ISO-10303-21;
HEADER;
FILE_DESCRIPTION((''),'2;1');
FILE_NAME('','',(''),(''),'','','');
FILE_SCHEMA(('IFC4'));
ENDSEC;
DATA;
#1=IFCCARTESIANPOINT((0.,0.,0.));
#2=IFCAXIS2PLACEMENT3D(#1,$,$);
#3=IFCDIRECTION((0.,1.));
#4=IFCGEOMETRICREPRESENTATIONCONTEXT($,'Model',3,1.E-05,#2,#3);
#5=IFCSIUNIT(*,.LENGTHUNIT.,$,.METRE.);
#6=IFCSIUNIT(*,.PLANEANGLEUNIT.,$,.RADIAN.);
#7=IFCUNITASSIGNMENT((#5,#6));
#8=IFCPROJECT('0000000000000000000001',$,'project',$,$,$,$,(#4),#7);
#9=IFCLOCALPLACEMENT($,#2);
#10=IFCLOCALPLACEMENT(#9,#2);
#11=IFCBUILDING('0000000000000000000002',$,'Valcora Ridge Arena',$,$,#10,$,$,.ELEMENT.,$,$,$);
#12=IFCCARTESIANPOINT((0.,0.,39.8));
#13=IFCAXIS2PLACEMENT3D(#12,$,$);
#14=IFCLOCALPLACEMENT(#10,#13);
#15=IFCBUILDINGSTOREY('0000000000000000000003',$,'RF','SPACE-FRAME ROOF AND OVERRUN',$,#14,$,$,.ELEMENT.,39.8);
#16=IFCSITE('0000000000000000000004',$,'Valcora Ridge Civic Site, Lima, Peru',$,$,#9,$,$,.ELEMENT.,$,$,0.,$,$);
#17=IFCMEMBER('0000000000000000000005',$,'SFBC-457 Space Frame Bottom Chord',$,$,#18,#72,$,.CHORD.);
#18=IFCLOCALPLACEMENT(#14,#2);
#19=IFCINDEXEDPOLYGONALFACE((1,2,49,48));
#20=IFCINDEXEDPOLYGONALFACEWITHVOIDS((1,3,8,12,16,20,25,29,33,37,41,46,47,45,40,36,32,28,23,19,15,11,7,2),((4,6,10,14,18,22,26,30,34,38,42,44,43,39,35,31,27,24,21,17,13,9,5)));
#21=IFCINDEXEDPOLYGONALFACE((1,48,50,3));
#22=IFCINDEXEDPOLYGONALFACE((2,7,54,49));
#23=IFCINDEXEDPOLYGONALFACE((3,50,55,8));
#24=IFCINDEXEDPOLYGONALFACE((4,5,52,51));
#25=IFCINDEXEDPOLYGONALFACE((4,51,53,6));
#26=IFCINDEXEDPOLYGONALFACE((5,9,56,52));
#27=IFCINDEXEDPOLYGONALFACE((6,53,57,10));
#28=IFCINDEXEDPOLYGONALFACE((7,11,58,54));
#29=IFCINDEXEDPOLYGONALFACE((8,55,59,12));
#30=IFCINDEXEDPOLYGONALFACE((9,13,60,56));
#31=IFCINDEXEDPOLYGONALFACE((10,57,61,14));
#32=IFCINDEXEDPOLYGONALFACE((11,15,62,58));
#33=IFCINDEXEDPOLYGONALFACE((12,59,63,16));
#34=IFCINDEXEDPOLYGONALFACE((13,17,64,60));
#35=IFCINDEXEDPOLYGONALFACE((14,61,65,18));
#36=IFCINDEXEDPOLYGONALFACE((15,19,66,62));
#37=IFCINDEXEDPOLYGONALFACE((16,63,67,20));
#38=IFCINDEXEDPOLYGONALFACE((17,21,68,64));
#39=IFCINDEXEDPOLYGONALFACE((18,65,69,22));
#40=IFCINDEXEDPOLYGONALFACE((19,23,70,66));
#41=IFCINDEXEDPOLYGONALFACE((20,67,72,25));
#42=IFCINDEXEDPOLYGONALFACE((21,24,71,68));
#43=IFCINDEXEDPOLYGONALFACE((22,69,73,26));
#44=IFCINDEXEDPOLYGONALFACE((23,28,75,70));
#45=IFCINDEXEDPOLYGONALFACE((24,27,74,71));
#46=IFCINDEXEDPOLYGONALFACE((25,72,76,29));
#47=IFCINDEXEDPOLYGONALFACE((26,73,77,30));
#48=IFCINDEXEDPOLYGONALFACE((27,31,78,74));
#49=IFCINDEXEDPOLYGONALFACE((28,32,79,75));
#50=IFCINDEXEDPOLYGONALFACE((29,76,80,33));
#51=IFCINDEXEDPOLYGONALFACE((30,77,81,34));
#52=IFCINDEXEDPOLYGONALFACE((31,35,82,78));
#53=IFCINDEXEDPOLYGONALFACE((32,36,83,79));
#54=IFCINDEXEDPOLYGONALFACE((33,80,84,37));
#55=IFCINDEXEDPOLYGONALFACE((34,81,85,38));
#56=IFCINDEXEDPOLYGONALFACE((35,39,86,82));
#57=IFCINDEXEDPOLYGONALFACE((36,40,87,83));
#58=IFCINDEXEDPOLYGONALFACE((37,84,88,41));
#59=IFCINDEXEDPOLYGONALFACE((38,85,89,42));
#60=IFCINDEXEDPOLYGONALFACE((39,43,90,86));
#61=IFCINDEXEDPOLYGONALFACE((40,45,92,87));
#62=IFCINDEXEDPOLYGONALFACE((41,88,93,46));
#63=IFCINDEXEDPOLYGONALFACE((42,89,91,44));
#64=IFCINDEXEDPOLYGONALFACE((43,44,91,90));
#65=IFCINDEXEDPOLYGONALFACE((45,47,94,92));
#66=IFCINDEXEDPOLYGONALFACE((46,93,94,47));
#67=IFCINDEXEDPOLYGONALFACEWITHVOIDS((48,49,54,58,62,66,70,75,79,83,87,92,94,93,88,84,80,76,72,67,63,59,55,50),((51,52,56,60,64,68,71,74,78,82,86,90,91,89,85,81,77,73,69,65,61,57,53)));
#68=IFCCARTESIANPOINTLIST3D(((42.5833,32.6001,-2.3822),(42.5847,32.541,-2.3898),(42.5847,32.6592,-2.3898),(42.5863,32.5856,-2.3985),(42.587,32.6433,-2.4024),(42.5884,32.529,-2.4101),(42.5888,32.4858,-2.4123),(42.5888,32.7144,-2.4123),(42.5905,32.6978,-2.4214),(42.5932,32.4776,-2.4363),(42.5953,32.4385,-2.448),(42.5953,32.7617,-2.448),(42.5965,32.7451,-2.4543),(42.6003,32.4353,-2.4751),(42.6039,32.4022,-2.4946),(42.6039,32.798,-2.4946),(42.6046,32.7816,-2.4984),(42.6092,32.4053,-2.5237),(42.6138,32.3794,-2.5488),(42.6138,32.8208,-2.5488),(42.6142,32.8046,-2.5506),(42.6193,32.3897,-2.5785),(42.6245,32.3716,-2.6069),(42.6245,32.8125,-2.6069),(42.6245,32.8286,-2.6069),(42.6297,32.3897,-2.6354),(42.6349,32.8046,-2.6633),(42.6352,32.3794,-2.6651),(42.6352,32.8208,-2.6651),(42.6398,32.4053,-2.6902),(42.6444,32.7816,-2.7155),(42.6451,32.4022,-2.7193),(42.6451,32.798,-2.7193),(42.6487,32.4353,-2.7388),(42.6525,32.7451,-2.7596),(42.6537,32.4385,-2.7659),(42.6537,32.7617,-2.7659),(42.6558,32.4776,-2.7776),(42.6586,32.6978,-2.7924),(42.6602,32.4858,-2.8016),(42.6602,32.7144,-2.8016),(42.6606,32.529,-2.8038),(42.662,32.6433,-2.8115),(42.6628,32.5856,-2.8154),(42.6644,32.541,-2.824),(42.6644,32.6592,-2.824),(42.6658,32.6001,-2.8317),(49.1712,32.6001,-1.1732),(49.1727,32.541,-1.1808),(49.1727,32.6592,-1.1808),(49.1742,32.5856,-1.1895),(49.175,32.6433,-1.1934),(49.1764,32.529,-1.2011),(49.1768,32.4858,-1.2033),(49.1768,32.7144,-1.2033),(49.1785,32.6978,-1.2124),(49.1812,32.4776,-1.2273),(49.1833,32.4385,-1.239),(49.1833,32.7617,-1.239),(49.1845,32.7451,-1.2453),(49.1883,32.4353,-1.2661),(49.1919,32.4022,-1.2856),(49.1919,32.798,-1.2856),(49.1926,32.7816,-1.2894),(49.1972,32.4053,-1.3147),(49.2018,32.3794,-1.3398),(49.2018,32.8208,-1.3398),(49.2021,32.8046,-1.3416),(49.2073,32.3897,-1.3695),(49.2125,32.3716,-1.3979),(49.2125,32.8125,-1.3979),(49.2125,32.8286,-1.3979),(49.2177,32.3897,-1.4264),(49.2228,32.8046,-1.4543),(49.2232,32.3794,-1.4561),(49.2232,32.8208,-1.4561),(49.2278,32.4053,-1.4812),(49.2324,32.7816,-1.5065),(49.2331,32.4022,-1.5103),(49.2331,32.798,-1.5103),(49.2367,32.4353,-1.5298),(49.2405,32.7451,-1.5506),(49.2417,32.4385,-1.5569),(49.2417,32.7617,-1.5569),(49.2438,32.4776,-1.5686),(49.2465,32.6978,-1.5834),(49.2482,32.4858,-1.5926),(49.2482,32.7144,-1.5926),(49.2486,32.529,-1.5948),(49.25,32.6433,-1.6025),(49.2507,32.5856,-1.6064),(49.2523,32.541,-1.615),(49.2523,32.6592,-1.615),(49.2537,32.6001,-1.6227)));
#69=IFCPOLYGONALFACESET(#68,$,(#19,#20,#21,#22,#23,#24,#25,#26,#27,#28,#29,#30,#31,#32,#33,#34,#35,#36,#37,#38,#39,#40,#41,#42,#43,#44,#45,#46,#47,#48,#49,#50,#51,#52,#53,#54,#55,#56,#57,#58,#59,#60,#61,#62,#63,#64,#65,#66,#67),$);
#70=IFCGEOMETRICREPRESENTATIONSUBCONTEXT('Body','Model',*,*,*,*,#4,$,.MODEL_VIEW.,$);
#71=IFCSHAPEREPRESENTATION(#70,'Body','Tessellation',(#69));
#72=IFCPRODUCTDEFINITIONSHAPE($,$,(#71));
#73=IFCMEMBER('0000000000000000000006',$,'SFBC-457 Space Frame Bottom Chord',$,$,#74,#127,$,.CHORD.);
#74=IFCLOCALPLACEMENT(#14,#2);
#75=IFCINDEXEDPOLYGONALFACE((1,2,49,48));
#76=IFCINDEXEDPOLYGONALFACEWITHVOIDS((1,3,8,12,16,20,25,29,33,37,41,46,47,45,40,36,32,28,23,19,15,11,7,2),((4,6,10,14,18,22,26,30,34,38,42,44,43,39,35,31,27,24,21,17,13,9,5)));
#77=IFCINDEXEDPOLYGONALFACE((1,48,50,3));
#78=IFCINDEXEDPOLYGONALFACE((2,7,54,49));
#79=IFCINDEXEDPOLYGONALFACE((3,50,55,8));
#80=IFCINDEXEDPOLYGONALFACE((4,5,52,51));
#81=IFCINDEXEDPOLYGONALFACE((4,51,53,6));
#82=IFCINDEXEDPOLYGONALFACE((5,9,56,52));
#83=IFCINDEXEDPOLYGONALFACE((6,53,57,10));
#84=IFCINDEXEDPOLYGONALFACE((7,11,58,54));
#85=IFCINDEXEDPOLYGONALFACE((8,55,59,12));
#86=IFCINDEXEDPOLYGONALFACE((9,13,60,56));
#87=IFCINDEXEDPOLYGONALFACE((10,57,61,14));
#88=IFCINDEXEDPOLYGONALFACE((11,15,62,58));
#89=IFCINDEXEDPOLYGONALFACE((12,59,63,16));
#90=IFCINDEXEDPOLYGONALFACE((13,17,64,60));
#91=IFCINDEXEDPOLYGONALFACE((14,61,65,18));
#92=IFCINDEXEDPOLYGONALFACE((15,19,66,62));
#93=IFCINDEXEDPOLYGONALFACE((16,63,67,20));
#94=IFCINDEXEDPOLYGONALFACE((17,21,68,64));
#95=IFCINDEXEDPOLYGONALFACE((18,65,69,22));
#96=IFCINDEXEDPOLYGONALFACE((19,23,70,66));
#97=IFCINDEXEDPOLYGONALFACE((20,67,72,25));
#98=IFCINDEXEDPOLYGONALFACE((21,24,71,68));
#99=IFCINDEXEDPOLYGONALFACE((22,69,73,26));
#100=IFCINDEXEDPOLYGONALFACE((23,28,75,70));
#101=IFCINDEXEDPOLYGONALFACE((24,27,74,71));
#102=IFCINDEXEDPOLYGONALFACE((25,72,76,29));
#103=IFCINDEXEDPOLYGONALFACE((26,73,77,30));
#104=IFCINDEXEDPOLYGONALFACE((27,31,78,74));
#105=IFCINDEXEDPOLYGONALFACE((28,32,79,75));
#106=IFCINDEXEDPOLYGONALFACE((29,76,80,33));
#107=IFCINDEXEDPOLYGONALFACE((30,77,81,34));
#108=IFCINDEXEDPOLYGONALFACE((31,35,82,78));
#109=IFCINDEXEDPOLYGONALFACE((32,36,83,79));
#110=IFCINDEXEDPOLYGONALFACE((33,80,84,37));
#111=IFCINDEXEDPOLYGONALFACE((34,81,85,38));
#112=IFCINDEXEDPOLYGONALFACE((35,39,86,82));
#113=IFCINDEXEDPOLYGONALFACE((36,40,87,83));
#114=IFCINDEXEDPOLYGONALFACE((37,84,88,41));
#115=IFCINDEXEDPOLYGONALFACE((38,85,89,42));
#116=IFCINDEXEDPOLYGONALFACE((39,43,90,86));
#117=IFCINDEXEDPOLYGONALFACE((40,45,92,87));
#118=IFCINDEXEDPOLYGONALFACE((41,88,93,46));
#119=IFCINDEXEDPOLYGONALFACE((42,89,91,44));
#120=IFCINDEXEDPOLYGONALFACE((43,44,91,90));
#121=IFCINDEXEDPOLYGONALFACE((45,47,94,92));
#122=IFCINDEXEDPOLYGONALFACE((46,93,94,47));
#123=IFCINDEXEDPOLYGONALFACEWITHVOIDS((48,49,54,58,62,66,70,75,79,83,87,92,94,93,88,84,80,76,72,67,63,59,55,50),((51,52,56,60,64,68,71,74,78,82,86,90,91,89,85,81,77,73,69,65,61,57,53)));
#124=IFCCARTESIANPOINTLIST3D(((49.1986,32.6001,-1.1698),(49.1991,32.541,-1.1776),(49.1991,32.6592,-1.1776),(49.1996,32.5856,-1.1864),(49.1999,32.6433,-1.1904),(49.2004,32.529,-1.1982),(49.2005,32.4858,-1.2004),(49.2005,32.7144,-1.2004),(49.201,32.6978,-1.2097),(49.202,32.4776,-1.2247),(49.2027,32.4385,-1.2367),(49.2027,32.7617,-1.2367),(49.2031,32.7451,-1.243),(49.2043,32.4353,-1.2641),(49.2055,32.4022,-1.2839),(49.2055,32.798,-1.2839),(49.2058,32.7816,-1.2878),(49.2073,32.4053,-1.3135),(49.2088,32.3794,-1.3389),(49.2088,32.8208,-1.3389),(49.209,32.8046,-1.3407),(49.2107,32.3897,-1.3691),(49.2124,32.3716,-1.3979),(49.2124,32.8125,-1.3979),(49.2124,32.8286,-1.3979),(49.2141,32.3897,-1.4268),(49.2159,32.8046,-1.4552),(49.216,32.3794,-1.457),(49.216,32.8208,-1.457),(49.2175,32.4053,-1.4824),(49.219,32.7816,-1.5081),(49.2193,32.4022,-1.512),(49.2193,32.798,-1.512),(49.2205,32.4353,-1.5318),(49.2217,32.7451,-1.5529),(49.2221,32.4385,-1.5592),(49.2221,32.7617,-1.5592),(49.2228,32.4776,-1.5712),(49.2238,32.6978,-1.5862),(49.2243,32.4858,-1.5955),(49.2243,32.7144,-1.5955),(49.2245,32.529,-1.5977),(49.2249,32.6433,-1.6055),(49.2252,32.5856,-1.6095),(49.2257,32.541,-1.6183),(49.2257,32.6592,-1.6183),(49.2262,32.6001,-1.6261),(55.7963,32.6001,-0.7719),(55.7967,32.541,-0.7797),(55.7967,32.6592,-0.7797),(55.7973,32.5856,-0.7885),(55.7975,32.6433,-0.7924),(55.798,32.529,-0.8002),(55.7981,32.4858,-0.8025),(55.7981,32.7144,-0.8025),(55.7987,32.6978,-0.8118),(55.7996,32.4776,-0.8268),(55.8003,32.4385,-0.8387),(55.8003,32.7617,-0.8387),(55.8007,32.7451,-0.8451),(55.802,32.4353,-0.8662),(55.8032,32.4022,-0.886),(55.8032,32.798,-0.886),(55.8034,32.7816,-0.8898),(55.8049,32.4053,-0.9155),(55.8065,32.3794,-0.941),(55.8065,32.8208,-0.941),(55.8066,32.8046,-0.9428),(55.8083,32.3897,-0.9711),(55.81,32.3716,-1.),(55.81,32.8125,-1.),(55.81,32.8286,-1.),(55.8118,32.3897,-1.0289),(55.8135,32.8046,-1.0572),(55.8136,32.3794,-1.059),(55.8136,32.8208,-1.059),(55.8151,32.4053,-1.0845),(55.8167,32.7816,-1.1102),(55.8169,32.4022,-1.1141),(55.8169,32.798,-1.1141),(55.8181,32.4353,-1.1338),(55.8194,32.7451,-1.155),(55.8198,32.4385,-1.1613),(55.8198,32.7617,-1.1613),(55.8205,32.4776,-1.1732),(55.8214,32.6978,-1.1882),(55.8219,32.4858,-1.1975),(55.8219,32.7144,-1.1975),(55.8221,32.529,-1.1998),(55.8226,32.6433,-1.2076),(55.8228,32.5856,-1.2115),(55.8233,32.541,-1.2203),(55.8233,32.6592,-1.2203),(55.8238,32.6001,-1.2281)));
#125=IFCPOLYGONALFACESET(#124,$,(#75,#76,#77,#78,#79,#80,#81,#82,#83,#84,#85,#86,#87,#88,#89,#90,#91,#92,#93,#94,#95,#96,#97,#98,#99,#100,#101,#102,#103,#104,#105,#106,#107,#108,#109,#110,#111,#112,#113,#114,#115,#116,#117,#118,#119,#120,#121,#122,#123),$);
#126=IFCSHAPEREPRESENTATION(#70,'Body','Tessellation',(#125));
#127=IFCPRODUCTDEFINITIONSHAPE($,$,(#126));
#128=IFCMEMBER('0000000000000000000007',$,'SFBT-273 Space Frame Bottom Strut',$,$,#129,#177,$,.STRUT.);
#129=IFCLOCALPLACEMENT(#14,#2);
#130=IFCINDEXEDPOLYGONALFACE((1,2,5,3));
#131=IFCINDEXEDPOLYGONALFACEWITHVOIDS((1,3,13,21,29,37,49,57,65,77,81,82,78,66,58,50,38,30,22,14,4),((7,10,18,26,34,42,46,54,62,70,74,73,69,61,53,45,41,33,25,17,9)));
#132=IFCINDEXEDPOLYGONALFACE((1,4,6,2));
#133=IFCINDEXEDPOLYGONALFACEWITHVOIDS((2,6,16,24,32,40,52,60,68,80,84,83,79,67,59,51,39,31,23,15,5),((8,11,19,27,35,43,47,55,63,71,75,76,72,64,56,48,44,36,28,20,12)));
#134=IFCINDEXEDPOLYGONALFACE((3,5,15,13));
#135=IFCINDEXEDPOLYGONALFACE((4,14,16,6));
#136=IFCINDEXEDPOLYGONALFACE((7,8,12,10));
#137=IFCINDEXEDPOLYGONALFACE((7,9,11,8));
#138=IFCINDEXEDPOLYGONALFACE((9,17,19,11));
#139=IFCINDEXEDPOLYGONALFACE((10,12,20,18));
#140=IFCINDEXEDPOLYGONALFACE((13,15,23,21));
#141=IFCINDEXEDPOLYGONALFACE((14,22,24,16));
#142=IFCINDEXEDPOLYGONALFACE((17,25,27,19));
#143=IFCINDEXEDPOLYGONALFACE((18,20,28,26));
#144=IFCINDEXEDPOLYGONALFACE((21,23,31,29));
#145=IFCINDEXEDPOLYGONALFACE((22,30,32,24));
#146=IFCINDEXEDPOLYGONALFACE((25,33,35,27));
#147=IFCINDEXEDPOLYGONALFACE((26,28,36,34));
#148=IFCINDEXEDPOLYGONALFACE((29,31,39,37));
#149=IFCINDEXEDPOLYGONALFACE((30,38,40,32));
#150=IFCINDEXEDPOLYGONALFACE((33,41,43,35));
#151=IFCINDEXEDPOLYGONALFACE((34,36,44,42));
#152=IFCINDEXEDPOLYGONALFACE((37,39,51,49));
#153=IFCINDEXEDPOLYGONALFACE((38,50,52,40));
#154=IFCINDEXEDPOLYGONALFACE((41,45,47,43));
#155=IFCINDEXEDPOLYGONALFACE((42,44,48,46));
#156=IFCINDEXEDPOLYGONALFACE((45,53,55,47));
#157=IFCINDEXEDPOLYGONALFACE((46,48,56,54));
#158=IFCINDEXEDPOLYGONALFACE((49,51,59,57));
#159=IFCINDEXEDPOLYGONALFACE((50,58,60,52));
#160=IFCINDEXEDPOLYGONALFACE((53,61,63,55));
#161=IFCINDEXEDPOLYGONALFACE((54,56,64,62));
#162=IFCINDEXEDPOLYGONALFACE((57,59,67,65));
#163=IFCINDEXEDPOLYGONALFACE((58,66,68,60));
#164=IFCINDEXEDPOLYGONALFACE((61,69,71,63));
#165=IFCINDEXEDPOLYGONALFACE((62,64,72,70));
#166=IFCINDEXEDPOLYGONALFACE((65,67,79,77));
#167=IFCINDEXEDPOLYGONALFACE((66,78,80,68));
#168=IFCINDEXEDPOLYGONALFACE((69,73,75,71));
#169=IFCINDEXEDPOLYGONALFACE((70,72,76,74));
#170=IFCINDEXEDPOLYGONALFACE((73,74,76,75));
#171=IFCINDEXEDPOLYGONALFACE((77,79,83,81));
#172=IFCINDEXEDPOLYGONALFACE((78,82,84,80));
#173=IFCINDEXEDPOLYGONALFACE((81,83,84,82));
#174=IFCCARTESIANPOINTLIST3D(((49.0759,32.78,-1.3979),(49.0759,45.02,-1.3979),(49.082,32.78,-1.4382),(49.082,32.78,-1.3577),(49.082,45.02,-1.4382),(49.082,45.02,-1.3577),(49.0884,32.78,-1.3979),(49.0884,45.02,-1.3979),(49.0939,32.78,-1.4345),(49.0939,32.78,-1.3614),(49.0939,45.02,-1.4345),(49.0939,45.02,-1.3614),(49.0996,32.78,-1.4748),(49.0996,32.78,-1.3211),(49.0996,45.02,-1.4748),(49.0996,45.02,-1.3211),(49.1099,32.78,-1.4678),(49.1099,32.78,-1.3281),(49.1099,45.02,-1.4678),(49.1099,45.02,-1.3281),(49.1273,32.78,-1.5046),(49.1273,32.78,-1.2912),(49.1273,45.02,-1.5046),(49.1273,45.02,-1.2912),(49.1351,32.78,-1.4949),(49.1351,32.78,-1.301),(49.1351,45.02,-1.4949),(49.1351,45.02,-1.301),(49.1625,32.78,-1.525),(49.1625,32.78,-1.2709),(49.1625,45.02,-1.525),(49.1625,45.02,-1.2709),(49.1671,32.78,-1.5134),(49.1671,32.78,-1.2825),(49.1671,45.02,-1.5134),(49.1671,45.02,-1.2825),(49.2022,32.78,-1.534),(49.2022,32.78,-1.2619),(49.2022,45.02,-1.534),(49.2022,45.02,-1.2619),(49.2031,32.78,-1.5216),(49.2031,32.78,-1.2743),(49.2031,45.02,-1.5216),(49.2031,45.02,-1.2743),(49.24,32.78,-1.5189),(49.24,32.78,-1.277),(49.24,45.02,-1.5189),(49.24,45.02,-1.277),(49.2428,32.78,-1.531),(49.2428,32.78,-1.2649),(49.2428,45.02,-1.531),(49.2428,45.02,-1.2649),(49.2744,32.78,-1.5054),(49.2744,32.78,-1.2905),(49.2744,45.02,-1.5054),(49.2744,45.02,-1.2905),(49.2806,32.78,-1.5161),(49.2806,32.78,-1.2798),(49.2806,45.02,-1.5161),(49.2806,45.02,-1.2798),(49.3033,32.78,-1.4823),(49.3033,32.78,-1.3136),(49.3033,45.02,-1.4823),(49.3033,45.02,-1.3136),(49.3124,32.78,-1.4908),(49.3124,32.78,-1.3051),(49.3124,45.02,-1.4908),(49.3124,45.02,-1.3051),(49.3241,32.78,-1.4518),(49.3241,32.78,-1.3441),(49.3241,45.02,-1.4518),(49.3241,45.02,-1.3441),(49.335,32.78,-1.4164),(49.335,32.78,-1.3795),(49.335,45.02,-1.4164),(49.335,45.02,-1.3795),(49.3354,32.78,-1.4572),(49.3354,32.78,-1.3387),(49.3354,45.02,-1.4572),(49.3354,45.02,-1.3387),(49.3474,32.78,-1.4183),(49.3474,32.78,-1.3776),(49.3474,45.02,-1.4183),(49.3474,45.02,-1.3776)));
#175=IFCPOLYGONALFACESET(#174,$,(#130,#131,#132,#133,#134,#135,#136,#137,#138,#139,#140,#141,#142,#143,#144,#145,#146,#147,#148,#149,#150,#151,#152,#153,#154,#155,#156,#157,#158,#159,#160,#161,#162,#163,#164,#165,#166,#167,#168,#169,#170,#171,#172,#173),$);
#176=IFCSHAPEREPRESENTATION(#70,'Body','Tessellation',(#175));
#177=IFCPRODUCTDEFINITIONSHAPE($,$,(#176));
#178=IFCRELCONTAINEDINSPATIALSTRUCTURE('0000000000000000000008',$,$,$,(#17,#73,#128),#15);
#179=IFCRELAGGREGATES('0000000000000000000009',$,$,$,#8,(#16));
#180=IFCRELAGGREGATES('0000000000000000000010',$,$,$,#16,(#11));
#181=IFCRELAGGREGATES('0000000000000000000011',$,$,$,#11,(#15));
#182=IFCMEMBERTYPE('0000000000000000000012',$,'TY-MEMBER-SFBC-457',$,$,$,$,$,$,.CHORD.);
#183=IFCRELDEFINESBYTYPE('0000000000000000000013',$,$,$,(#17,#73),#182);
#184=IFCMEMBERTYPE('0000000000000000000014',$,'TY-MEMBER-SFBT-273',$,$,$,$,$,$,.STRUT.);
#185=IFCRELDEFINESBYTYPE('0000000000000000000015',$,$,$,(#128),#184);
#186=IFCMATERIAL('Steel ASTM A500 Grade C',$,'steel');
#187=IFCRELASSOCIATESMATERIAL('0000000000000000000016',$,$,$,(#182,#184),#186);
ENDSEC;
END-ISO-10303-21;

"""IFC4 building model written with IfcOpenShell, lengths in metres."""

from ifc_helpers import new_model, si_unit, direction, frame, origin, origin_2d, place, context, subcontext, project, spatial, hollow_circle, extrude, material, material_profile, profile_set, type_object, element, save


model = new_model("IFC4")

# Units and contexts
model_context = context("Model", 3, precision=1e-05, world=origin(), true_north=direction((0.0, 1.0)))
body_context = subcontext(model_context, "Body", "Model", "MODEL_VIEW")
ifc_project = project(units=[si_unit("LENGTHUNIT", "METRE"), si_unit("PLANEANGLEUNIT", "RADIAN")], contexts=[model_context])

# Site, building, storey
site_placement = place(None, origin())
site = spatial("IfcSite", under=ifc_project, at=site_placement, Name="Valcora Ridge Civic Site, Lima, Peru", CompositionType="ELEMENT", RefElevation=0.0)
building_placement = place(site_placement, origin())
building = spatial("IfcBuilding", under=site, at=building_placement, Name="Valcora Ridge Arena", CompositionType="ELEMENT")
storey_placement = place(building_placement, frame((0.0, 0.0, 39.8)))
storey = spatial("IfcBuildingStorey", under=building, at=storey_placement, Name="RF", Description="SPACE-FRAME ROOF AND OVERRUN", CompositionType="ELEMENT", Elevation=39.8)

# Members
ifc_material_1 = material(Name="Steel ASTM A500 Grade C", Category="steel")
ifc_material_profile_1 = material_profile(ifc_material_1, hollow_circle(Radius=0.2285, WallThickness=0.0161, at=origin_2d()), Name="CHS457X16")
ifc_profile_set_1 = profile_set([ifc_material_profile_1], Name="Steel ASTM A500 Grade C")
member_type_1 = type_object("IfcMemberType", Name="TY-MEMBER-SFBC-457", PredefinedType="CHORD", material=ifc_profile_set_1)
member_1_placement = place(storey_placement, frame((42.6245, 32.6001, -2.6069), z_axis=(0.983575, 0.0, 0.180502), x_axis=(0.0, 1.0, 0.0)))
element("IfcMember", 1, at=member_1_placement, inside=storey, type_object=member_type_1, Name="SFBC-457 Space Frame Bottom Chord", PredefinedType="CHORD", context=body_context, shape_type="SweptSolid", body=[
    extrude(hollow_circle(Radius=0.2285, WallThickness=0.0161, at=origin_2d()), origin(), (0.0, 0.0, 1.0), 6.698),
])
member_2_placement = place(storey_placement, frame((49.2124, 32.6001, -1.3979), z_axis=(0.998186, 0.0, 0.060207), x_axis=(0.0, 1.0, 0.0)))
element("IfcMember", 2, at=member_2_placement, inside=storey, type_object=member_type_1, Name="SFBC-457 Space Frame Bottom Chord", PredefinedType="CHORD", context=body_context, shape_type="SweptSolid", body=[
    extrude(hollow_circle(Radius=0.2285, WallThickness=0.0161, at=origin_2d()), origin(), (0.0, 0.0, 1.0), 6.6096),
])
ifc_material_profile_2 = material_profile(ifc_material_1, hollow_circle(Radius=0.1365, WallThickness=0.0125, at=origin_2d()), Name="CHS273X12")
ifc_profile_set_2 = profile_set([ifc_material_profile_2], Name="Steel ASTM A500 Grade C")
member_type_2 = type_object("IfcMemberType", Name="TY-MEMBER-SFBT-273", PredefinedType="STRUT", material=ifc_profile_set_2)
member_3_placement = place(storey_placement, frame((49.2124, 32.78, -1.3979), z_axis=(0.0, 1.0, 0.0), x_axis=(-1.0, 0.0, 0.0)))
element("IfcMember", 3, at=member_3_placement, inside=storey, type_object=member_type_2, Name="SFBT-273 Space Frame Bottom Strut", PredefinedType="STRUT", context=body_context, shape_type="SweptSolid", body=[
    extrude(hollow_circle(Radius=0.1365, WallThickness=0.0125, at=origin_2d()), origin(), (0.0, 0.0, 1.0), 12.24),
])

save(model, "model.ifc")
